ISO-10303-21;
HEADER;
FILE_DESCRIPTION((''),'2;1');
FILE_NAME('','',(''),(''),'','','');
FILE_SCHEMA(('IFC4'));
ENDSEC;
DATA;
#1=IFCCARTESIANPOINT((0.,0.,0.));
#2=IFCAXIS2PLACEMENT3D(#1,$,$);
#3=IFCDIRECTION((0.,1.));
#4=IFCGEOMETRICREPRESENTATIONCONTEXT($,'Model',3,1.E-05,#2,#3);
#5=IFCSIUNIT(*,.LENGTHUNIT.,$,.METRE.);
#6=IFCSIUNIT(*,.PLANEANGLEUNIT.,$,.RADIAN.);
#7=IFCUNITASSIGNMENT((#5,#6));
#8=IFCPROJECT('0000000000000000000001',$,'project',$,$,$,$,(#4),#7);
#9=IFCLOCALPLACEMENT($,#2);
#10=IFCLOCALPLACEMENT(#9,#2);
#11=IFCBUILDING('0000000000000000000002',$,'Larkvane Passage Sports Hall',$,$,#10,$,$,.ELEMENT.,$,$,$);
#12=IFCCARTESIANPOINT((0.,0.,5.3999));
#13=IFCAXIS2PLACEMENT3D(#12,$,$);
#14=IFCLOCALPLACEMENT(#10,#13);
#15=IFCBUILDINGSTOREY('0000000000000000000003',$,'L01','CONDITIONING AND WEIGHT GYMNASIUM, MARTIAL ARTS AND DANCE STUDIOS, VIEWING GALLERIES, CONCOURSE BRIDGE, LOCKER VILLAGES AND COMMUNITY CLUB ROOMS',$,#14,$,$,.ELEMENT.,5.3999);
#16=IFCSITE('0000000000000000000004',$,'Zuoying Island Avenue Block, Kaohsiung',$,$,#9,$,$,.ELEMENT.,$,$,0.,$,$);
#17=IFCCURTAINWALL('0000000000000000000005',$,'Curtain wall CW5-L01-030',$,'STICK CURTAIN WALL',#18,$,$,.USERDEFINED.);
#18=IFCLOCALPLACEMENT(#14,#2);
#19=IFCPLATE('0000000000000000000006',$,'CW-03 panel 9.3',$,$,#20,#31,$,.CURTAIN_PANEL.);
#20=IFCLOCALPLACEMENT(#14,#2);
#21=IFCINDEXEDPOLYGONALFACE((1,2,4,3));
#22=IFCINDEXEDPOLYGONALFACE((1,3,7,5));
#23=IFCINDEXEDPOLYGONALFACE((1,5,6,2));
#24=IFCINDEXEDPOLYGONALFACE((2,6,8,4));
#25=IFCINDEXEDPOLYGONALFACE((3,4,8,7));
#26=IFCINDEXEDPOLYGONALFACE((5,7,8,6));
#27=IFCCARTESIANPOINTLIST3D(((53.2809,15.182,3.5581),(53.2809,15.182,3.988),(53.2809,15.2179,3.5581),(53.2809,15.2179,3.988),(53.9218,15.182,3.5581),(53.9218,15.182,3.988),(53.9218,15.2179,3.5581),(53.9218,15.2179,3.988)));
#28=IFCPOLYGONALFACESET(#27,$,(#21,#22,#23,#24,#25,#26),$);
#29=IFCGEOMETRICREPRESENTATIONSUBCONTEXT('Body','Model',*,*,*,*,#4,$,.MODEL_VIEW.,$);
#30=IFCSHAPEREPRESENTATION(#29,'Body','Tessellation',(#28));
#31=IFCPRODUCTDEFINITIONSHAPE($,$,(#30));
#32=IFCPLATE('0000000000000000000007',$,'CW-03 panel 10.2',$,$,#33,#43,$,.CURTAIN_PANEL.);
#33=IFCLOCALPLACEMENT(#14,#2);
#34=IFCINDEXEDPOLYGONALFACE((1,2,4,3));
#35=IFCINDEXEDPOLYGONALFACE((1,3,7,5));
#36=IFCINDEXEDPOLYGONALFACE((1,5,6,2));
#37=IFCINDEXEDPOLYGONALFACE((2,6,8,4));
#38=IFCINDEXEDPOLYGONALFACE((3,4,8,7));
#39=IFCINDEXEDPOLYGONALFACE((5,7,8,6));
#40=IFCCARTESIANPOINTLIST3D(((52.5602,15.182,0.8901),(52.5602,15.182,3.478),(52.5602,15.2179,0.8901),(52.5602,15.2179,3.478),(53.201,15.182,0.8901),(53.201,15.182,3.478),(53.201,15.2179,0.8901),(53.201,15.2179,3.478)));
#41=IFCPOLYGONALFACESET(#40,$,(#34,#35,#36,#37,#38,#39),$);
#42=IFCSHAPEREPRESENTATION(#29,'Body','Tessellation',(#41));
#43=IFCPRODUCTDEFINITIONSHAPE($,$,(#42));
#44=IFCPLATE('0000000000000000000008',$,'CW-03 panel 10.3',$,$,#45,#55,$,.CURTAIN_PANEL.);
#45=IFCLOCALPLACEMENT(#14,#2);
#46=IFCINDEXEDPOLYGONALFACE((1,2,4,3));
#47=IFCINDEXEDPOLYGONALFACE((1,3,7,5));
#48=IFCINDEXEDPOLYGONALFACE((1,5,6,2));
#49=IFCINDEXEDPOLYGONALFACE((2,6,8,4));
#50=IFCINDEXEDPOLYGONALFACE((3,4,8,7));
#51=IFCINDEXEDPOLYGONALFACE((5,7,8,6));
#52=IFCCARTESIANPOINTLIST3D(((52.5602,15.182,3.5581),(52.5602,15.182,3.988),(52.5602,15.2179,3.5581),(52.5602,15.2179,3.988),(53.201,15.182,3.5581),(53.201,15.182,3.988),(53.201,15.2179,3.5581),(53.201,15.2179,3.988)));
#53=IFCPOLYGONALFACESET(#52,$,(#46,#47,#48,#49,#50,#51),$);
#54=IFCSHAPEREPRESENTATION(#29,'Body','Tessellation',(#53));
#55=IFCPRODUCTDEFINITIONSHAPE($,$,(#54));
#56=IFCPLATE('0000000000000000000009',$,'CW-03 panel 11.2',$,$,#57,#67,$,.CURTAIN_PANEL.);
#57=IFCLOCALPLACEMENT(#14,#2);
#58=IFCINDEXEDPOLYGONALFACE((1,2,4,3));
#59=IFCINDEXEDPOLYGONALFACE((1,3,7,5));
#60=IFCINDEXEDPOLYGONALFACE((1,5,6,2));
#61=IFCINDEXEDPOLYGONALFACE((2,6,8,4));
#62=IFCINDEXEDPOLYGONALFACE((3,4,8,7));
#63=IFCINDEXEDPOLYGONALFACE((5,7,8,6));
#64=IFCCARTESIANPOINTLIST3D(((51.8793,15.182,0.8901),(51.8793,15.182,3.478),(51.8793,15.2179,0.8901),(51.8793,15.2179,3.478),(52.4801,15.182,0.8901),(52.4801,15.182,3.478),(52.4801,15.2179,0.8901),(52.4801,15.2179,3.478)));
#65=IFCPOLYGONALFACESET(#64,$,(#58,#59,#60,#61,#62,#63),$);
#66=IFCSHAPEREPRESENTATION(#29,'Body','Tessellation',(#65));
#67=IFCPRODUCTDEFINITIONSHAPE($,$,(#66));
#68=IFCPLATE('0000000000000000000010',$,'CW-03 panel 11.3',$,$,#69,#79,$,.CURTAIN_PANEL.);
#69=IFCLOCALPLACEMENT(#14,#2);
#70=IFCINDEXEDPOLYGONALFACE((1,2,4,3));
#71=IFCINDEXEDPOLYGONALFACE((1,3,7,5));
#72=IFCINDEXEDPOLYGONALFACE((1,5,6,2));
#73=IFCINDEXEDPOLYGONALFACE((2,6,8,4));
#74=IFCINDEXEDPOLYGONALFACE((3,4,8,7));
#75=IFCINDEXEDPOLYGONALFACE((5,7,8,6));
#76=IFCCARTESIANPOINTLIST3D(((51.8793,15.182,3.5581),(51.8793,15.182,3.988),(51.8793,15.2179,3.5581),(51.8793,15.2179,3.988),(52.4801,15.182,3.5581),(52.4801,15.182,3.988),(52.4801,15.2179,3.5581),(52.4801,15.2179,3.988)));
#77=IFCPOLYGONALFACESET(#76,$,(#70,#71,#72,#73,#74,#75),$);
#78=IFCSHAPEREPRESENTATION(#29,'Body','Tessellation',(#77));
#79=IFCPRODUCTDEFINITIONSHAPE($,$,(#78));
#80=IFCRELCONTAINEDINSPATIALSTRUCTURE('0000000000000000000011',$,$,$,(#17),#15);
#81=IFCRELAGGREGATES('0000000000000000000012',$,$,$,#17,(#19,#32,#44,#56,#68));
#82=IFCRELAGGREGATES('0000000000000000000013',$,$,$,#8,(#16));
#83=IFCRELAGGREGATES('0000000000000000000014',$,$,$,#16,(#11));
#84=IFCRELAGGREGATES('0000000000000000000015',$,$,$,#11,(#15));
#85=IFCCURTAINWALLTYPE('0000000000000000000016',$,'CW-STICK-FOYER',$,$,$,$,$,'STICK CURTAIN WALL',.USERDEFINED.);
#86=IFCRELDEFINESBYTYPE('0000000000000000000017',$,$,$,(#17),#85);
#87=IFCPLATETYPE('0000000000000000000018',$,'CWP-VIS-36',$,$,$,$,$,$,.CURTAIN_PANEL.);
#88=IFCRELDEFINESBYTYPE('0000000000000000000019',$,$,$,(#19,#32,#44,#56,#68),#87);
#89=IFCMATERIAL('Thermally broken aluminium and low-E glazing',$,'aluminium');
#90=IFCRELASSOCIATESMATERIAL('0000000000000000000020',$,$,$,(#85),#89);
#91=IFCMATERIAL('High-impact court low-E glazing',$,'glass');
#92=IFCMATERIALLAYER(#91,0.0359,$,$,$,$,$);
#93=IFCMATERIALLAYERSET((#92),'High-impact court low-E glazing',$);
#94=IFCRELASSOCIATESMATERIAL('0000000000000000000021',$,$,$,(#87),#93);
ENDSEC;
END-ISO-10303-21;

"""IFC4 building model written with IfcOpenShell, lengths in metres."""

from ifc_helpers import new_model, si_unit, direction, frame, origin, origin_2d, place, context, subcontext, project, spatial, rectangle, extrude, material, layer, layer_set, type_object, element, aggregate, save


model = new_model("IFC4")

# Units and contexts
model_context = context("Model", 3, precision=1e-05, world=origin(), true_north=direction((0.0, 1.0)))
body_context = subcontext(model_context, "Body", "Model", "MODEL_VIEW")
ifc_project = project(units=[si_unit("LENGTHUNIT", "METRE"), si_unit("PLANEANGLEUNIT", "RADIAN")], contexts=[model_context])

# Site, building, storey
site_placement = place(None, origin())
site = spatial("IfcSite", under=ifc_project, at=site_placement, Name="Zuoying Island Avenue Block, Kaohsiung", CompositionType="ELEMENT", RefElevation=0.0)
building_placement = place(site_placement, origin())
building = spatial("IfcBuilding", under=site, at=building_placement, Name="Larkvane Passage Sports Hall", CompositionType="ELEMENT")
storey_placement = place(building_placement, frame((0.0, 0.0, 5.3999)))
storey = spatial("IfcBuildingStorey", under=building, at=storey_placement, Name="L01", Description="CONDITIONING AND WEIGHT GYMNASIUM, MARTIAL ARTS AND DANCE STUDIOS, VIEWING GALLERIES, CONCOURSE BRIDGE, LOCKER VILLAGES AND COMMUNITY CLUB ROOMS", CompositionType="ELEMENT", Elevation=5.3999)

# Curtain wall, plates
ifc_material_1 = material(Name="Thermally broken aluminium and low-E glazing", Category="aluminium")
curtain_wall_type = type_object("IfcCurtainWallType", Name="CW-STICK-FOYER", ElementType="STICK CURTAIN WALL", PredefinedType="USERDEFINED", material=ifc_material_1)
curtain_wall_placement = place(storey_placement, origin())
curtain_wall = element("IfcCurtainWall", 1, at=curtain_wall_placement, inside=storey, type_object=curtain_wall_type, Name="Curtain wall CW5-L01-030", ObjectType="STICK CURTAIN WALL", PredefinedType="USERDEFINED")
ifc_material_2 = material(Name="High-impact court low-E glazing", Category="glass")
ifc_layer_1 = layer(ifc_material_2, 0.0359)
ifc_layer_set_1 = layer_set([ifc_layer_1], Name="High-impact court low-E glazing")
plate_type_1 = type_object("IfcPlateType", Name="CWP-VIS-36", PredefinedType="CURTAIN_PANEL", material=ifc_layer_set_1)
plate_1_placement = place(storey_placement, frame((53.6013, 15.2, 3.5581), z_axis=(0.0, 0.0, 1.0), x_axis=(-1.0, 0.0, 0.0)))
plate_1 = element("IfcPlate", 2, at=plate_1_placement, type_object=plate_type_1, Name="CW-03 panel 9.3", PredefinedType="CURTAIN_PANEL", context=body_context, shape_type="SweptSolid", body=[
    extrude(rectangle(XDim=0.6409, YDim=0.0359, at=origin_2d()), origin(), (0.0, 0.0, 1.0), 0.4299),
])
plate_2_placement = place(storey_placement, frame((52.8806, 15.2, 0.8901), z_axis=(0.0, 0.0, 1.0), x_axis=(-1.0, 0.0, 0.0)))
plate_2 = element("IfcPlate", 3, at=plate_2_placement, type_object=plate_type_1, Name="CW-03 panel 10.2", PredefinedType="CURTAIN_PANEL", context=body_context, shape_type="SweptSolid", body=[
    extrude(rectangle(XDim=0.6409, YDim=0.0359, at=origin_2d()), origin(), (0.0, 0.0, 1.0), 2.5879),
])
plate_3_placement = place(storey_placement, frame((52.8806, 15.2, 3.5581), z_axis=(0.0, 0.0, 1.0), x_axis=(-1.0, 0.0, 0.0)))
plate_3 = element("IfcPlate", 4, at=plate_3_placement, type_object=plate_type_1, Name="CW-03 panel 10.3", PredefinedType="CURTAIN_PANEL", context=body_context, shape_type="SweptSolid", body=[
    extrude(rectangle(XDim=0.6409, YDim=0.0359, at=origin_2d()), origin(), (0.0, 0.0, 1.0), 0.4299),
])
plate_4_placement = place(storey_placement, frame((52.1797, 15.2, 0.8901), z_axis=(0.0, 0.0, 1.0), x_axis=(-1.0, 0.0, 0.0)))
plate_4 = element("IfcPlate", 5, at=plate_4_placement, type_object=plate_type_1, Name="CW-03 panel 11.2", PredefinedType="CURTAIN_PANEL", context=body_context, shape_type="SweptSolid", body=[
    extrude(rectangle(XDim=0.6008, YDim=0.0359, at=origin_2d()), origin(), (0.0, 0.0, 1.0), 2.5879),
])
plate_5_placement = place(storey_placement, frame((52.1797, 15.2, 3.5581), z_axis=(0.0, 0.0, 1.0), x_axis=(-1.0, 0.0, 0.0)))
plate_5 = element("IfcPlate", 6, at=plate_5_placement, type_object=plate_type_1, Name="CW-03 panel 11.3", PredefinedType="CURTAIN_PANEL", context=body_context, shape_type="SweptSolid", body=[
    extrude(rectangle(XDim=0.6008, YDim=0.0359, at=origin_2d()), origin(), (0.0, 0.0, 1.0), 0.4299),
])
aggregate(curtain_wall, [plate_1, plate_2, plate_3, plate_4, plate_5])

save(model, "model.ifc")
